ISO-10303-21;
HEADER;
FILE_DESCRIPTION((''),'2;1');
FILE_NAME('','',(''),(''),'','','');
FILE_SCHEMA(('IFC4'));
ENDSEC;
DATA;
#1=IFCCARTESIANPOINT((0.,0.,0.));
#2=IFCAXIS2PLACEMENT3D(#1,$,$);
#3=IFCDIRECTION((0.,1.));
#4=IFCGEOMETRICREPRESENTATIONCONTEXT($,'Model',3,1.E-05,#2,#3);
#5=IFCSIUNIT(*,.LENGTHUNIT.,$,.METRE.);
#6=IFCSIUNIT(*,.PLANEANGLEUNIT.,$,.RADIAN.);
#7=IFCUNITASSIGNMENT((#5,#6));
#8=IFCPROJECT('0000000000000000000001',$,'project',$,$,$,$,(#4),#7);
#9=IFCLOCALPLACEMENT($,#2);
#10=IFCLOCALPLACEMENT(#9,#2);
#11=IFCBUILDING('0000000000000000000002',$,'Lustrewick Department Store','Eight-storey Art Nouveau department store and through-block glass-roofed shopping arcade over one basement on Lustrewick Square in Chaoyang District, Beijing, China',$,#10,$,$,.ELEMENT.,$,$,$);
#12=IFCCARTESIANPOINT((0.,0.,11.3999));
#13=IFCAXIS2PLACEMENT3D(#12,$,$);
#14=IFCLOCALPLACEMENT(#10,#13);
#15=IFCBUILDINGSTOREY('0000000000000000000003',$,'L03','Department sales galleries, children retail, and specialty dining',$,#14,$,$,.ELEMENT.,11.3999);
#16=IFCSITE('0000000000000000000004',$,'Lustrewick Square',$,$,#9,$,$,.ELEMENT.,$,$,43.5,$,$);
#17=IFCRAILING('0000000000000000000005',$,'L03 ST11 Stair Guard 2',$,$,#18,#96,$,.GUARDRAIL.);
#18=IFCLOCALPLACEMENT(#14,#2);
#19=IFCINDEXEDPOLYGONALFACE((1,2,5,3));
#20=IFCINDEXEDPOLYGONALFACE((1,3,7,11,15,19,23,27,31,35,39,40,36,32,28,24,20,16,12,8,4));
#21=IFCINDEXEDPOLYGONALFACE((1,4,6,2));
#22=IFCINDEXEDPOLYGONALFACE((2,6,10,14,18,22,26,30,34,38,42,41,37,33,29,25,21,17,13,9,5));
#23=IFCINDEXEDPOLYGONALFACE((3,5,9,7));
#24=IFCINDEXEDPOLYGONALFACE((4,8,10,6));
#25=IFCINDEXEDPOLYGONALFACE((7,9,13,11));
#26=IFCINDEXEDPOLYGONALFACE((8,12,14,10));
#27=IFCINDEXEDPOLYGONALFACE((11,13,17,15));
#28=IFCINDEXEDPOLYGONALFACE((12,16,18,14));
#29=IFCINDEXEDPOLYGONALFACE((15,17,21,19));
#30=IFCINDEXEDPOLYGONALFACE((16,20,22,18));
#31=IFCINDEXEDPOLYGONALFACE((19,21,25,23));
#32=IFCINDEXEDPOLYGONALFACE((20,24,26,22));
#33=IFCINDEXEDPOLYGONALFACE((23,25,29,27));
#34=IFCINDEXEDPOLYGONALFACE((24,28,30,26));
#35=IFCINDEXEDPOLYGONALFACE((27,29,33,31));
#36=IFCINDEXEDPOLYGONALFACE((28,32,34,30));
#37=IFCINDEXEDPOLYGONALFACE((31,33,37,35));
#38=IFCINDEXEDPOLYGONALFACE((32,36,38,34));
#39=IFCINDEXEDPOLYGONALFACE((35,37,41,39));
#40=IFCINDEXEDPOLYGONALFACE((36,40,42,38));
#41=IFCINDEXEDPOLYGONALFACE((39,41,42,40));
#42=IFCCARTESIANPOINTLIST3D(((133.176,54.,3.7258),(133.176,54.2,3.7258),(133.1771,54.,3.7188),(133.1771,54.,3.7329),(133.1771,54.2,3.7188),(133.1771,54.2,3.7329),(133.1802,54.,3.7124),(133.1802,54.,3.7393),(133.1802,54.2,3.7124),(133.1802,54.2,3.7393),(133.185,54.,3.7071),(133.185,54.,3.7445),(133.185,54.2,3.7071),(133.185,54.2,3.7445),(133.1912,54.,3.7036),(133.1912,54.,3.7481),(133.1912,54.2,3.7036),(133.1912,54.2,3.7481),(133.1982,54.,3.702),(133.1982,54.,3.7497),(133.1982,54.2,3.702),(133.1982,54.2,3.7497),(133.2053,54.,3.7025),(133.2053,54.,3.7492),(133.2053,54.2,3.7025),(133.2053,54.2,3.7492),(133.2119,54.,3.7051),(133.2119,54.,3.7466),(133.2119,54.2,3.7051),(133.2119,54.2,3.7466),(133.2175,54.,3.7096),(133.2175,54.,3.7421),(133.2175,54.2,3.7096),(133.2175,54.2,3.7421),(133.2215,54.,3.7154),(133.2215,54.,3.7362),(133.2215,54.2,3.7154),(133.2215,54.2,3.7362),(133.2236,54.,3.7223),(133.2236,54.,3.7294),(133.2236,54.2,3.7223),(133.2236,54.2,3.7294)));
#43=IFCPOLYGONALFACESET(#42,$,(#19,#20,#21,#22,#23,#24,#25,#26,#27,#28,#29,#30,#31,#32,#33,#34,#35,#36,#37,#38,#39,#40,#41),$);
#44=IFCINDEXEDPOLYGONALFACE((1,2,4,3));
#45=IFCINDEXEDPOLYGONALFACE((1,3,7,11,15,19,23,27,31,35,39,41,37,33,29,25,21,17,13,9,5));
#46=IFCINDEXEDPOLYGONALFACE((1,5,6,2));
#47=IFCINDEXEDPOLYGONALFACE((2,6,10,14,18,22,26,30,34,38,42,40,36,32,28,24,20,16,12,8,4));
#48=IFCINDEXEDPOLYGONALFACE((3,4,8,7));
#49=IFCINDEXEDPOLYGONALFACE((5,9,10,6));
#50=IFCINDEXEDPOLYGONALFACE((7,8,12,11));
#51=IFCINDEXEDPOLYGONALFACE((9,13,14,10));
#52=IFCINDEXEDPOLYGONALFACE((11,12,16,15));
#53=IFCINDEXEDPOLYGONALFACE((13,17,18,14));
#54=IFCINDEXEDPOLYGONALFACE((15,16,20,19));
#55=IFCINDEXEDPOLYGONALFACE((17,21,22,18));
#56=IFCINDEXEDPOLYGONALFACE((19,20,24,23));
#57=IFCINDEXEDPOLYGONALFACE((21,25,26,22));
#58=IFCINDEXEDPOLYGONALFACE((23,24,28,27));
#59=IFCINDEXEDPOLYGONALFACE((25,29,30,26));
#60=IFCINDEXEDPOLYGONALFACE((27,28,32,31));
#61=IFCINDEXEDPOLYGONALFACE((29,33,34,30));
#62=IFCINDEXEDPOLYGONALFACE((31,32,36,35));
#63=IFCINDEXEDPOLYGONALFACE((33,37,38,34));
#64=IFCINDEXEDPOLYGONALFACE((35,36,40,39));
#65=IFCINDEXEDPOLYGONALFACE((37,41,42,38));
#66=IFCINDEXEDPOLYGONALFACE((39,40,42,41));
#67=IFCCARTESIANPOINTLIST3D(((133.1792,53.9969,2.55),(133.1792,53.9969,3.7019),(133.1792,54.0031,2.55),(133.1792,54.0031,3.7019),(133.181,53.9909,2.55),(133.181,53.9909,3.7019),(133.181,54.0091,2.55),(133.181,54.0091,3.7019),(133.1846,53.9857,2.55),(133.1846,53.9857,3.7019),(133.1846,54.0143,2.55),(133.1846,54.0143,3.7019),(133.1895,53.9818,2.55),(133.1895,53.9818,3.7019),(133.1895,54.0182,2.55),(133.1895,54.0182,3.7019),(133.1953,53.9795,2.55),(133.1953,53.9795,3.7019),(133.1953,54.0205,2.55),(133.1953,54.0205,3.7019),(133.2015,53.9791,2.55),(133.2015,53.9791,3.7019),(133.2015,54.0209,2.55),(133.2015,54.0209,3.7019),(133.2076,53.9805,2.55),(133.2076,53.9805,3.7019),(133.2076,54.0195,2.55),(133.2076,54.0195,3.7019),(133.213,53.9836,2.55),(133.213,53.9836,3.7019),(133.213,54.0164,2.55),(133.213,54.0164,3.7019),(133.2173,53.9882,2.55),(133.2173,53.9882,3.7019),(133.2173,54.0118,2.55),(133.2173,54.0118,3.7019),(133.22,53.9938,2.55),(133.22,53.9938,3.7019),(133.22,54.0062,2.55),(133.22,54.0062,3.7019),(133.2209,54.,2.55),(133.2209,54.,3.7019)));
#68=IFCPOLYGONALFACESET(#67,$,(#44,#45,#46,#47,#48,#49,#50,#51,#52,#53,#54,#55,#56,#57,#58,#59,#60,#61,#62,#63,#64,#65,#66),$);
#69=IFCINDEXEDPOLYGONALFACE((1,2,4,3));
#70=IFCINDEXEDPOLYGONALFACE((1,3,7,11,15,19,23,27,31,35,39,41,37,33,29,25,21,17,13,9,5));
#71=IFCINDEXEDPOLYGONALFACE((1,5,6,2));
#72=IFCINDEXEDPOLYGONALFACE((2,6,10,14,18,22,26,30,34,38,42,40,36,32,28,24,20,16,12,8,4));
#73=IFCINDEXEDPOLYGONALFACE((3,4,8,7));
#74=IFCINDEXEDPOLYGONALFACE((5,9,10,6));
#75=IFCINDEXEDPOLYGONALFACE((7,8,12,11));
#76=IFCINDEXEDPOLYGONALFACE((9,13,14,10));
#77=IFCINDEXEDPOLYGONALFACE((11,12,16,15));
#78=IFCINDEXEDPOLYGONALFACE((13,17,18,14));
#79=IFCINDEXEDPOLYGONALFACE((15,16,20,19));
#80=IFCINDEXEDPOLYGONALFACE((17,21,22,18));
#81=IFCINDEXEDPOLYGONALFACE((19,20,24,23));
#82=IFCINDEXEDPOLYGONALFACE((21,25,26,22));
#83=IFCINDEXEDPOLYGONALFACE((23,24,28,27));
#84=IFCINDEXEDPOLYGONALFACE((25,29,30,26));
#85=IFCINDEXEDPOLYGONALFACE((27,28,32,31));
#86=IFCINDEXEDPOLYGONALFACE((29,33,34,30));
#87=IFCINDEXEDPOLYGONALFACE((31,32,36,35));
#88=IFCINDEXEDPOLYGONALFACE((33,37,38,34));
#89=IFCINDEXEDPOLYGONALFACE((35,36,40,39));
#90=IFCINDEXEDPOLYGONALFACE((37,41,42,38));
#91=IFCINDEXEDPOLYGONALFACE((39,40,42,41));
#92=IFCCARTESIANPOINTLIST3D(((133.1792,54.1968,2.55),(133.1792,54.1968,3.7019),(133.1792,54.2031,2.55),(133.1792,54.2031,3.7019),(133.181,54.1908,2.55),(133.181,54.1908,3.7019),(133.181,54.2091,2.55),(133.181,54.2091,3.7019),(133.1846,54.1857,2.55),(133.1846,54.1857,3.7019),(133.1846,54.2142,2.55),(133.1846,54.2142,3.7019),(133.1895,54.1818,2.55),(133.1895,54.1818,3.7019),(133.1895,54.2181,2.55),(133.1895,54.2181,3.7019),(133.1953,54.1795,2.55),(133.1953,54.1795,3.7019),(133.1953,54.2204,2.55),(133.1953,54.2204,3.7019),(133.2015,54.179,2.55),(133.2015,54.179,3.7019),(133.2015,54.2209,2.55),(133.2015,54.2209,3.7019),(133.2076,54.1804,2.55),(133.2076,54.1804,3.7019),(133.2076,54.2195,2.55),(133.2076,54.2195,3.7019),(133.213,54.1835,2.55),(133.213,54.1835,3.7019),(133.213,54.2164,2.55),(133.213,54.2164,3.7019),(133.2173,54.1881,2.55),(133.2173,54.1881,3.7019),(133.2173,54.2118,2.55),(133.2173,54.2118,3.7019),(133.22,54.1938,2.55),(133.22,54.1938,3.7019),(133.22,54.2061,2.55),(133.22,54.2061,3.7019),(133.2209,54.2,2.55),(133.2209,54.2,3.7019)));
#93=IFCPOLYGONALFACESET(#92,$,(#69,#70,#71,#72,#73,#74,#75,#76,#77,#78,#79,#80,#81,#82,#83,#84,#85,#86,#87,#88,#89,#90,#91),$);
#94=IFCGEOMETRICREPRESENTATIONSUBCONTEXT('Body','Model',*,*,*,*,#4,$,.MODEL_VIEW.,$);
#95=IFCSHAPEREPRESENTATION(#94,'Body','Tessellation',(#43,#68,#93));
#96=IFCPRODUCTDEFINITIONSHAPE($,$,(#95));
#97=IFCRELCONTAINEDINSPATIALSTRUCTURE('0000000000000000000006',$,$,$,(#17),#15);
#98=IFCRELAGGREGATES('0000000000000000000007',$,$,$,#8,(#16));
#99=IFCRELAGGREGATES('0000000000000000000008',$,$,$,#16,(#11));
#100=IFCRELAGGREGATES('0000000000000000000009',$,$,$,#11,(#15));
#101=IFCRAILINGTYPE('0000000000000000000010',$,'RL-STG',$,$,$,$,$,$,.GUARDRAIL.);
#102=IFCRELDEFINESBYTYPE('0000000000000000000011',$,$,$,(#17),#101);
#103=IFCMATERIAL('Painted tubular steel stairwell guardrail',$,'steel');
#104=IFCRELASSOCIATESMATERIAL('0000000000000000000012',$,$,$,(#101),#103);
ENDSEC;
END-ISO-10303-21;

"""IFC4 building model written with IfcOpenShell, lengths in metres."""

from ifc_helpers import new_model, si_unit, direction, frame, origin, origin_2d, place, context, subcontext, project, spatial, circle, extrude, material, type_object, element, save


model = new_model("IFC4")

# Units and contexts
model_context = context("Model", 3, precision=1e-05, world=origin(), true_north=direction((0.0, 1.0)))
body_context = subcontext(model_context, "Body", "Model", "MODEL_VIEW")
ifc_project = project(units=[si_unit("LENGTHUNIT", "METRE"), si_unit("PLANEANGLEUNIT", "RADIAN")], contexts=[model_context])

# Site, building, storey
site_placement = place(None, origin())
site = spatial("IfcSite", under=ifc_project, at=site_placement, Name="Lustrewick Square", CompositionType="ELEMENT", RefElevation=43.5)
building_placement = place(site_placement, origin())
building = spatial("IfcBuilding", under=site, at=building_placement, Name="Lustrewick Department Store", Description="Eight-storey Art Nouveau department store and through-block glass-roofed shopping arcade over one basement on Lustrewick Square in Chaoyang District, Beijing, China", CompositionType="ELEMENT")
storey_placement = place(building_placement, frame((0.0, 0.0, 11.3999)))
storey = spatial("IfcBuildingStorey", under=building, at=storey_placement, Name="L03", Description="Department sales galleries, children retail, and specialty dining", CompositionType="ELEMENT", Elevation=11.3999)

# Railing
ifc_material_1 = material(Name="Painted tubular steel stairwell guardrail", Category="steel")
railing_type_1 = type_object("IfcRailingType", Name="RL-STG", PredefinedType="GUARDRAIL", material=ifc_material_1)
railing_1_placement = place(storey_placement, frame((133.2, 54.0, 2.55)))
element("IfcRailing", 1, at=railing_1_placement, inside=storey, type_object=railing_type_1, Name="L03 ST11 Stair Guard 2", PredefinedType="GUARDRAIL", context=body_context, shape_type="SweptSolid", body=[
    extrude(circle(Radius=0.0239, at=origin_2d()), frame((0.0, 0.0, 1.1758), z_axis=(0.0, 1.0, 0.0), x_axis=(-1.0, 0.0, 0.0)), (0.0, 0.0, 1.0), 0.2),
    extrude(circle(Radius=0.021, at=origin_2d()), origin(), (0.0, 0.0, 1.0), 1.1519),
    extrude(circle(Radius=0.021, at=origin_2d()), frame((0.0, 0.2, 0.0)), (0.0, 0.0, 1.0), 1.1519),
])

save(model, "model.ifc")
